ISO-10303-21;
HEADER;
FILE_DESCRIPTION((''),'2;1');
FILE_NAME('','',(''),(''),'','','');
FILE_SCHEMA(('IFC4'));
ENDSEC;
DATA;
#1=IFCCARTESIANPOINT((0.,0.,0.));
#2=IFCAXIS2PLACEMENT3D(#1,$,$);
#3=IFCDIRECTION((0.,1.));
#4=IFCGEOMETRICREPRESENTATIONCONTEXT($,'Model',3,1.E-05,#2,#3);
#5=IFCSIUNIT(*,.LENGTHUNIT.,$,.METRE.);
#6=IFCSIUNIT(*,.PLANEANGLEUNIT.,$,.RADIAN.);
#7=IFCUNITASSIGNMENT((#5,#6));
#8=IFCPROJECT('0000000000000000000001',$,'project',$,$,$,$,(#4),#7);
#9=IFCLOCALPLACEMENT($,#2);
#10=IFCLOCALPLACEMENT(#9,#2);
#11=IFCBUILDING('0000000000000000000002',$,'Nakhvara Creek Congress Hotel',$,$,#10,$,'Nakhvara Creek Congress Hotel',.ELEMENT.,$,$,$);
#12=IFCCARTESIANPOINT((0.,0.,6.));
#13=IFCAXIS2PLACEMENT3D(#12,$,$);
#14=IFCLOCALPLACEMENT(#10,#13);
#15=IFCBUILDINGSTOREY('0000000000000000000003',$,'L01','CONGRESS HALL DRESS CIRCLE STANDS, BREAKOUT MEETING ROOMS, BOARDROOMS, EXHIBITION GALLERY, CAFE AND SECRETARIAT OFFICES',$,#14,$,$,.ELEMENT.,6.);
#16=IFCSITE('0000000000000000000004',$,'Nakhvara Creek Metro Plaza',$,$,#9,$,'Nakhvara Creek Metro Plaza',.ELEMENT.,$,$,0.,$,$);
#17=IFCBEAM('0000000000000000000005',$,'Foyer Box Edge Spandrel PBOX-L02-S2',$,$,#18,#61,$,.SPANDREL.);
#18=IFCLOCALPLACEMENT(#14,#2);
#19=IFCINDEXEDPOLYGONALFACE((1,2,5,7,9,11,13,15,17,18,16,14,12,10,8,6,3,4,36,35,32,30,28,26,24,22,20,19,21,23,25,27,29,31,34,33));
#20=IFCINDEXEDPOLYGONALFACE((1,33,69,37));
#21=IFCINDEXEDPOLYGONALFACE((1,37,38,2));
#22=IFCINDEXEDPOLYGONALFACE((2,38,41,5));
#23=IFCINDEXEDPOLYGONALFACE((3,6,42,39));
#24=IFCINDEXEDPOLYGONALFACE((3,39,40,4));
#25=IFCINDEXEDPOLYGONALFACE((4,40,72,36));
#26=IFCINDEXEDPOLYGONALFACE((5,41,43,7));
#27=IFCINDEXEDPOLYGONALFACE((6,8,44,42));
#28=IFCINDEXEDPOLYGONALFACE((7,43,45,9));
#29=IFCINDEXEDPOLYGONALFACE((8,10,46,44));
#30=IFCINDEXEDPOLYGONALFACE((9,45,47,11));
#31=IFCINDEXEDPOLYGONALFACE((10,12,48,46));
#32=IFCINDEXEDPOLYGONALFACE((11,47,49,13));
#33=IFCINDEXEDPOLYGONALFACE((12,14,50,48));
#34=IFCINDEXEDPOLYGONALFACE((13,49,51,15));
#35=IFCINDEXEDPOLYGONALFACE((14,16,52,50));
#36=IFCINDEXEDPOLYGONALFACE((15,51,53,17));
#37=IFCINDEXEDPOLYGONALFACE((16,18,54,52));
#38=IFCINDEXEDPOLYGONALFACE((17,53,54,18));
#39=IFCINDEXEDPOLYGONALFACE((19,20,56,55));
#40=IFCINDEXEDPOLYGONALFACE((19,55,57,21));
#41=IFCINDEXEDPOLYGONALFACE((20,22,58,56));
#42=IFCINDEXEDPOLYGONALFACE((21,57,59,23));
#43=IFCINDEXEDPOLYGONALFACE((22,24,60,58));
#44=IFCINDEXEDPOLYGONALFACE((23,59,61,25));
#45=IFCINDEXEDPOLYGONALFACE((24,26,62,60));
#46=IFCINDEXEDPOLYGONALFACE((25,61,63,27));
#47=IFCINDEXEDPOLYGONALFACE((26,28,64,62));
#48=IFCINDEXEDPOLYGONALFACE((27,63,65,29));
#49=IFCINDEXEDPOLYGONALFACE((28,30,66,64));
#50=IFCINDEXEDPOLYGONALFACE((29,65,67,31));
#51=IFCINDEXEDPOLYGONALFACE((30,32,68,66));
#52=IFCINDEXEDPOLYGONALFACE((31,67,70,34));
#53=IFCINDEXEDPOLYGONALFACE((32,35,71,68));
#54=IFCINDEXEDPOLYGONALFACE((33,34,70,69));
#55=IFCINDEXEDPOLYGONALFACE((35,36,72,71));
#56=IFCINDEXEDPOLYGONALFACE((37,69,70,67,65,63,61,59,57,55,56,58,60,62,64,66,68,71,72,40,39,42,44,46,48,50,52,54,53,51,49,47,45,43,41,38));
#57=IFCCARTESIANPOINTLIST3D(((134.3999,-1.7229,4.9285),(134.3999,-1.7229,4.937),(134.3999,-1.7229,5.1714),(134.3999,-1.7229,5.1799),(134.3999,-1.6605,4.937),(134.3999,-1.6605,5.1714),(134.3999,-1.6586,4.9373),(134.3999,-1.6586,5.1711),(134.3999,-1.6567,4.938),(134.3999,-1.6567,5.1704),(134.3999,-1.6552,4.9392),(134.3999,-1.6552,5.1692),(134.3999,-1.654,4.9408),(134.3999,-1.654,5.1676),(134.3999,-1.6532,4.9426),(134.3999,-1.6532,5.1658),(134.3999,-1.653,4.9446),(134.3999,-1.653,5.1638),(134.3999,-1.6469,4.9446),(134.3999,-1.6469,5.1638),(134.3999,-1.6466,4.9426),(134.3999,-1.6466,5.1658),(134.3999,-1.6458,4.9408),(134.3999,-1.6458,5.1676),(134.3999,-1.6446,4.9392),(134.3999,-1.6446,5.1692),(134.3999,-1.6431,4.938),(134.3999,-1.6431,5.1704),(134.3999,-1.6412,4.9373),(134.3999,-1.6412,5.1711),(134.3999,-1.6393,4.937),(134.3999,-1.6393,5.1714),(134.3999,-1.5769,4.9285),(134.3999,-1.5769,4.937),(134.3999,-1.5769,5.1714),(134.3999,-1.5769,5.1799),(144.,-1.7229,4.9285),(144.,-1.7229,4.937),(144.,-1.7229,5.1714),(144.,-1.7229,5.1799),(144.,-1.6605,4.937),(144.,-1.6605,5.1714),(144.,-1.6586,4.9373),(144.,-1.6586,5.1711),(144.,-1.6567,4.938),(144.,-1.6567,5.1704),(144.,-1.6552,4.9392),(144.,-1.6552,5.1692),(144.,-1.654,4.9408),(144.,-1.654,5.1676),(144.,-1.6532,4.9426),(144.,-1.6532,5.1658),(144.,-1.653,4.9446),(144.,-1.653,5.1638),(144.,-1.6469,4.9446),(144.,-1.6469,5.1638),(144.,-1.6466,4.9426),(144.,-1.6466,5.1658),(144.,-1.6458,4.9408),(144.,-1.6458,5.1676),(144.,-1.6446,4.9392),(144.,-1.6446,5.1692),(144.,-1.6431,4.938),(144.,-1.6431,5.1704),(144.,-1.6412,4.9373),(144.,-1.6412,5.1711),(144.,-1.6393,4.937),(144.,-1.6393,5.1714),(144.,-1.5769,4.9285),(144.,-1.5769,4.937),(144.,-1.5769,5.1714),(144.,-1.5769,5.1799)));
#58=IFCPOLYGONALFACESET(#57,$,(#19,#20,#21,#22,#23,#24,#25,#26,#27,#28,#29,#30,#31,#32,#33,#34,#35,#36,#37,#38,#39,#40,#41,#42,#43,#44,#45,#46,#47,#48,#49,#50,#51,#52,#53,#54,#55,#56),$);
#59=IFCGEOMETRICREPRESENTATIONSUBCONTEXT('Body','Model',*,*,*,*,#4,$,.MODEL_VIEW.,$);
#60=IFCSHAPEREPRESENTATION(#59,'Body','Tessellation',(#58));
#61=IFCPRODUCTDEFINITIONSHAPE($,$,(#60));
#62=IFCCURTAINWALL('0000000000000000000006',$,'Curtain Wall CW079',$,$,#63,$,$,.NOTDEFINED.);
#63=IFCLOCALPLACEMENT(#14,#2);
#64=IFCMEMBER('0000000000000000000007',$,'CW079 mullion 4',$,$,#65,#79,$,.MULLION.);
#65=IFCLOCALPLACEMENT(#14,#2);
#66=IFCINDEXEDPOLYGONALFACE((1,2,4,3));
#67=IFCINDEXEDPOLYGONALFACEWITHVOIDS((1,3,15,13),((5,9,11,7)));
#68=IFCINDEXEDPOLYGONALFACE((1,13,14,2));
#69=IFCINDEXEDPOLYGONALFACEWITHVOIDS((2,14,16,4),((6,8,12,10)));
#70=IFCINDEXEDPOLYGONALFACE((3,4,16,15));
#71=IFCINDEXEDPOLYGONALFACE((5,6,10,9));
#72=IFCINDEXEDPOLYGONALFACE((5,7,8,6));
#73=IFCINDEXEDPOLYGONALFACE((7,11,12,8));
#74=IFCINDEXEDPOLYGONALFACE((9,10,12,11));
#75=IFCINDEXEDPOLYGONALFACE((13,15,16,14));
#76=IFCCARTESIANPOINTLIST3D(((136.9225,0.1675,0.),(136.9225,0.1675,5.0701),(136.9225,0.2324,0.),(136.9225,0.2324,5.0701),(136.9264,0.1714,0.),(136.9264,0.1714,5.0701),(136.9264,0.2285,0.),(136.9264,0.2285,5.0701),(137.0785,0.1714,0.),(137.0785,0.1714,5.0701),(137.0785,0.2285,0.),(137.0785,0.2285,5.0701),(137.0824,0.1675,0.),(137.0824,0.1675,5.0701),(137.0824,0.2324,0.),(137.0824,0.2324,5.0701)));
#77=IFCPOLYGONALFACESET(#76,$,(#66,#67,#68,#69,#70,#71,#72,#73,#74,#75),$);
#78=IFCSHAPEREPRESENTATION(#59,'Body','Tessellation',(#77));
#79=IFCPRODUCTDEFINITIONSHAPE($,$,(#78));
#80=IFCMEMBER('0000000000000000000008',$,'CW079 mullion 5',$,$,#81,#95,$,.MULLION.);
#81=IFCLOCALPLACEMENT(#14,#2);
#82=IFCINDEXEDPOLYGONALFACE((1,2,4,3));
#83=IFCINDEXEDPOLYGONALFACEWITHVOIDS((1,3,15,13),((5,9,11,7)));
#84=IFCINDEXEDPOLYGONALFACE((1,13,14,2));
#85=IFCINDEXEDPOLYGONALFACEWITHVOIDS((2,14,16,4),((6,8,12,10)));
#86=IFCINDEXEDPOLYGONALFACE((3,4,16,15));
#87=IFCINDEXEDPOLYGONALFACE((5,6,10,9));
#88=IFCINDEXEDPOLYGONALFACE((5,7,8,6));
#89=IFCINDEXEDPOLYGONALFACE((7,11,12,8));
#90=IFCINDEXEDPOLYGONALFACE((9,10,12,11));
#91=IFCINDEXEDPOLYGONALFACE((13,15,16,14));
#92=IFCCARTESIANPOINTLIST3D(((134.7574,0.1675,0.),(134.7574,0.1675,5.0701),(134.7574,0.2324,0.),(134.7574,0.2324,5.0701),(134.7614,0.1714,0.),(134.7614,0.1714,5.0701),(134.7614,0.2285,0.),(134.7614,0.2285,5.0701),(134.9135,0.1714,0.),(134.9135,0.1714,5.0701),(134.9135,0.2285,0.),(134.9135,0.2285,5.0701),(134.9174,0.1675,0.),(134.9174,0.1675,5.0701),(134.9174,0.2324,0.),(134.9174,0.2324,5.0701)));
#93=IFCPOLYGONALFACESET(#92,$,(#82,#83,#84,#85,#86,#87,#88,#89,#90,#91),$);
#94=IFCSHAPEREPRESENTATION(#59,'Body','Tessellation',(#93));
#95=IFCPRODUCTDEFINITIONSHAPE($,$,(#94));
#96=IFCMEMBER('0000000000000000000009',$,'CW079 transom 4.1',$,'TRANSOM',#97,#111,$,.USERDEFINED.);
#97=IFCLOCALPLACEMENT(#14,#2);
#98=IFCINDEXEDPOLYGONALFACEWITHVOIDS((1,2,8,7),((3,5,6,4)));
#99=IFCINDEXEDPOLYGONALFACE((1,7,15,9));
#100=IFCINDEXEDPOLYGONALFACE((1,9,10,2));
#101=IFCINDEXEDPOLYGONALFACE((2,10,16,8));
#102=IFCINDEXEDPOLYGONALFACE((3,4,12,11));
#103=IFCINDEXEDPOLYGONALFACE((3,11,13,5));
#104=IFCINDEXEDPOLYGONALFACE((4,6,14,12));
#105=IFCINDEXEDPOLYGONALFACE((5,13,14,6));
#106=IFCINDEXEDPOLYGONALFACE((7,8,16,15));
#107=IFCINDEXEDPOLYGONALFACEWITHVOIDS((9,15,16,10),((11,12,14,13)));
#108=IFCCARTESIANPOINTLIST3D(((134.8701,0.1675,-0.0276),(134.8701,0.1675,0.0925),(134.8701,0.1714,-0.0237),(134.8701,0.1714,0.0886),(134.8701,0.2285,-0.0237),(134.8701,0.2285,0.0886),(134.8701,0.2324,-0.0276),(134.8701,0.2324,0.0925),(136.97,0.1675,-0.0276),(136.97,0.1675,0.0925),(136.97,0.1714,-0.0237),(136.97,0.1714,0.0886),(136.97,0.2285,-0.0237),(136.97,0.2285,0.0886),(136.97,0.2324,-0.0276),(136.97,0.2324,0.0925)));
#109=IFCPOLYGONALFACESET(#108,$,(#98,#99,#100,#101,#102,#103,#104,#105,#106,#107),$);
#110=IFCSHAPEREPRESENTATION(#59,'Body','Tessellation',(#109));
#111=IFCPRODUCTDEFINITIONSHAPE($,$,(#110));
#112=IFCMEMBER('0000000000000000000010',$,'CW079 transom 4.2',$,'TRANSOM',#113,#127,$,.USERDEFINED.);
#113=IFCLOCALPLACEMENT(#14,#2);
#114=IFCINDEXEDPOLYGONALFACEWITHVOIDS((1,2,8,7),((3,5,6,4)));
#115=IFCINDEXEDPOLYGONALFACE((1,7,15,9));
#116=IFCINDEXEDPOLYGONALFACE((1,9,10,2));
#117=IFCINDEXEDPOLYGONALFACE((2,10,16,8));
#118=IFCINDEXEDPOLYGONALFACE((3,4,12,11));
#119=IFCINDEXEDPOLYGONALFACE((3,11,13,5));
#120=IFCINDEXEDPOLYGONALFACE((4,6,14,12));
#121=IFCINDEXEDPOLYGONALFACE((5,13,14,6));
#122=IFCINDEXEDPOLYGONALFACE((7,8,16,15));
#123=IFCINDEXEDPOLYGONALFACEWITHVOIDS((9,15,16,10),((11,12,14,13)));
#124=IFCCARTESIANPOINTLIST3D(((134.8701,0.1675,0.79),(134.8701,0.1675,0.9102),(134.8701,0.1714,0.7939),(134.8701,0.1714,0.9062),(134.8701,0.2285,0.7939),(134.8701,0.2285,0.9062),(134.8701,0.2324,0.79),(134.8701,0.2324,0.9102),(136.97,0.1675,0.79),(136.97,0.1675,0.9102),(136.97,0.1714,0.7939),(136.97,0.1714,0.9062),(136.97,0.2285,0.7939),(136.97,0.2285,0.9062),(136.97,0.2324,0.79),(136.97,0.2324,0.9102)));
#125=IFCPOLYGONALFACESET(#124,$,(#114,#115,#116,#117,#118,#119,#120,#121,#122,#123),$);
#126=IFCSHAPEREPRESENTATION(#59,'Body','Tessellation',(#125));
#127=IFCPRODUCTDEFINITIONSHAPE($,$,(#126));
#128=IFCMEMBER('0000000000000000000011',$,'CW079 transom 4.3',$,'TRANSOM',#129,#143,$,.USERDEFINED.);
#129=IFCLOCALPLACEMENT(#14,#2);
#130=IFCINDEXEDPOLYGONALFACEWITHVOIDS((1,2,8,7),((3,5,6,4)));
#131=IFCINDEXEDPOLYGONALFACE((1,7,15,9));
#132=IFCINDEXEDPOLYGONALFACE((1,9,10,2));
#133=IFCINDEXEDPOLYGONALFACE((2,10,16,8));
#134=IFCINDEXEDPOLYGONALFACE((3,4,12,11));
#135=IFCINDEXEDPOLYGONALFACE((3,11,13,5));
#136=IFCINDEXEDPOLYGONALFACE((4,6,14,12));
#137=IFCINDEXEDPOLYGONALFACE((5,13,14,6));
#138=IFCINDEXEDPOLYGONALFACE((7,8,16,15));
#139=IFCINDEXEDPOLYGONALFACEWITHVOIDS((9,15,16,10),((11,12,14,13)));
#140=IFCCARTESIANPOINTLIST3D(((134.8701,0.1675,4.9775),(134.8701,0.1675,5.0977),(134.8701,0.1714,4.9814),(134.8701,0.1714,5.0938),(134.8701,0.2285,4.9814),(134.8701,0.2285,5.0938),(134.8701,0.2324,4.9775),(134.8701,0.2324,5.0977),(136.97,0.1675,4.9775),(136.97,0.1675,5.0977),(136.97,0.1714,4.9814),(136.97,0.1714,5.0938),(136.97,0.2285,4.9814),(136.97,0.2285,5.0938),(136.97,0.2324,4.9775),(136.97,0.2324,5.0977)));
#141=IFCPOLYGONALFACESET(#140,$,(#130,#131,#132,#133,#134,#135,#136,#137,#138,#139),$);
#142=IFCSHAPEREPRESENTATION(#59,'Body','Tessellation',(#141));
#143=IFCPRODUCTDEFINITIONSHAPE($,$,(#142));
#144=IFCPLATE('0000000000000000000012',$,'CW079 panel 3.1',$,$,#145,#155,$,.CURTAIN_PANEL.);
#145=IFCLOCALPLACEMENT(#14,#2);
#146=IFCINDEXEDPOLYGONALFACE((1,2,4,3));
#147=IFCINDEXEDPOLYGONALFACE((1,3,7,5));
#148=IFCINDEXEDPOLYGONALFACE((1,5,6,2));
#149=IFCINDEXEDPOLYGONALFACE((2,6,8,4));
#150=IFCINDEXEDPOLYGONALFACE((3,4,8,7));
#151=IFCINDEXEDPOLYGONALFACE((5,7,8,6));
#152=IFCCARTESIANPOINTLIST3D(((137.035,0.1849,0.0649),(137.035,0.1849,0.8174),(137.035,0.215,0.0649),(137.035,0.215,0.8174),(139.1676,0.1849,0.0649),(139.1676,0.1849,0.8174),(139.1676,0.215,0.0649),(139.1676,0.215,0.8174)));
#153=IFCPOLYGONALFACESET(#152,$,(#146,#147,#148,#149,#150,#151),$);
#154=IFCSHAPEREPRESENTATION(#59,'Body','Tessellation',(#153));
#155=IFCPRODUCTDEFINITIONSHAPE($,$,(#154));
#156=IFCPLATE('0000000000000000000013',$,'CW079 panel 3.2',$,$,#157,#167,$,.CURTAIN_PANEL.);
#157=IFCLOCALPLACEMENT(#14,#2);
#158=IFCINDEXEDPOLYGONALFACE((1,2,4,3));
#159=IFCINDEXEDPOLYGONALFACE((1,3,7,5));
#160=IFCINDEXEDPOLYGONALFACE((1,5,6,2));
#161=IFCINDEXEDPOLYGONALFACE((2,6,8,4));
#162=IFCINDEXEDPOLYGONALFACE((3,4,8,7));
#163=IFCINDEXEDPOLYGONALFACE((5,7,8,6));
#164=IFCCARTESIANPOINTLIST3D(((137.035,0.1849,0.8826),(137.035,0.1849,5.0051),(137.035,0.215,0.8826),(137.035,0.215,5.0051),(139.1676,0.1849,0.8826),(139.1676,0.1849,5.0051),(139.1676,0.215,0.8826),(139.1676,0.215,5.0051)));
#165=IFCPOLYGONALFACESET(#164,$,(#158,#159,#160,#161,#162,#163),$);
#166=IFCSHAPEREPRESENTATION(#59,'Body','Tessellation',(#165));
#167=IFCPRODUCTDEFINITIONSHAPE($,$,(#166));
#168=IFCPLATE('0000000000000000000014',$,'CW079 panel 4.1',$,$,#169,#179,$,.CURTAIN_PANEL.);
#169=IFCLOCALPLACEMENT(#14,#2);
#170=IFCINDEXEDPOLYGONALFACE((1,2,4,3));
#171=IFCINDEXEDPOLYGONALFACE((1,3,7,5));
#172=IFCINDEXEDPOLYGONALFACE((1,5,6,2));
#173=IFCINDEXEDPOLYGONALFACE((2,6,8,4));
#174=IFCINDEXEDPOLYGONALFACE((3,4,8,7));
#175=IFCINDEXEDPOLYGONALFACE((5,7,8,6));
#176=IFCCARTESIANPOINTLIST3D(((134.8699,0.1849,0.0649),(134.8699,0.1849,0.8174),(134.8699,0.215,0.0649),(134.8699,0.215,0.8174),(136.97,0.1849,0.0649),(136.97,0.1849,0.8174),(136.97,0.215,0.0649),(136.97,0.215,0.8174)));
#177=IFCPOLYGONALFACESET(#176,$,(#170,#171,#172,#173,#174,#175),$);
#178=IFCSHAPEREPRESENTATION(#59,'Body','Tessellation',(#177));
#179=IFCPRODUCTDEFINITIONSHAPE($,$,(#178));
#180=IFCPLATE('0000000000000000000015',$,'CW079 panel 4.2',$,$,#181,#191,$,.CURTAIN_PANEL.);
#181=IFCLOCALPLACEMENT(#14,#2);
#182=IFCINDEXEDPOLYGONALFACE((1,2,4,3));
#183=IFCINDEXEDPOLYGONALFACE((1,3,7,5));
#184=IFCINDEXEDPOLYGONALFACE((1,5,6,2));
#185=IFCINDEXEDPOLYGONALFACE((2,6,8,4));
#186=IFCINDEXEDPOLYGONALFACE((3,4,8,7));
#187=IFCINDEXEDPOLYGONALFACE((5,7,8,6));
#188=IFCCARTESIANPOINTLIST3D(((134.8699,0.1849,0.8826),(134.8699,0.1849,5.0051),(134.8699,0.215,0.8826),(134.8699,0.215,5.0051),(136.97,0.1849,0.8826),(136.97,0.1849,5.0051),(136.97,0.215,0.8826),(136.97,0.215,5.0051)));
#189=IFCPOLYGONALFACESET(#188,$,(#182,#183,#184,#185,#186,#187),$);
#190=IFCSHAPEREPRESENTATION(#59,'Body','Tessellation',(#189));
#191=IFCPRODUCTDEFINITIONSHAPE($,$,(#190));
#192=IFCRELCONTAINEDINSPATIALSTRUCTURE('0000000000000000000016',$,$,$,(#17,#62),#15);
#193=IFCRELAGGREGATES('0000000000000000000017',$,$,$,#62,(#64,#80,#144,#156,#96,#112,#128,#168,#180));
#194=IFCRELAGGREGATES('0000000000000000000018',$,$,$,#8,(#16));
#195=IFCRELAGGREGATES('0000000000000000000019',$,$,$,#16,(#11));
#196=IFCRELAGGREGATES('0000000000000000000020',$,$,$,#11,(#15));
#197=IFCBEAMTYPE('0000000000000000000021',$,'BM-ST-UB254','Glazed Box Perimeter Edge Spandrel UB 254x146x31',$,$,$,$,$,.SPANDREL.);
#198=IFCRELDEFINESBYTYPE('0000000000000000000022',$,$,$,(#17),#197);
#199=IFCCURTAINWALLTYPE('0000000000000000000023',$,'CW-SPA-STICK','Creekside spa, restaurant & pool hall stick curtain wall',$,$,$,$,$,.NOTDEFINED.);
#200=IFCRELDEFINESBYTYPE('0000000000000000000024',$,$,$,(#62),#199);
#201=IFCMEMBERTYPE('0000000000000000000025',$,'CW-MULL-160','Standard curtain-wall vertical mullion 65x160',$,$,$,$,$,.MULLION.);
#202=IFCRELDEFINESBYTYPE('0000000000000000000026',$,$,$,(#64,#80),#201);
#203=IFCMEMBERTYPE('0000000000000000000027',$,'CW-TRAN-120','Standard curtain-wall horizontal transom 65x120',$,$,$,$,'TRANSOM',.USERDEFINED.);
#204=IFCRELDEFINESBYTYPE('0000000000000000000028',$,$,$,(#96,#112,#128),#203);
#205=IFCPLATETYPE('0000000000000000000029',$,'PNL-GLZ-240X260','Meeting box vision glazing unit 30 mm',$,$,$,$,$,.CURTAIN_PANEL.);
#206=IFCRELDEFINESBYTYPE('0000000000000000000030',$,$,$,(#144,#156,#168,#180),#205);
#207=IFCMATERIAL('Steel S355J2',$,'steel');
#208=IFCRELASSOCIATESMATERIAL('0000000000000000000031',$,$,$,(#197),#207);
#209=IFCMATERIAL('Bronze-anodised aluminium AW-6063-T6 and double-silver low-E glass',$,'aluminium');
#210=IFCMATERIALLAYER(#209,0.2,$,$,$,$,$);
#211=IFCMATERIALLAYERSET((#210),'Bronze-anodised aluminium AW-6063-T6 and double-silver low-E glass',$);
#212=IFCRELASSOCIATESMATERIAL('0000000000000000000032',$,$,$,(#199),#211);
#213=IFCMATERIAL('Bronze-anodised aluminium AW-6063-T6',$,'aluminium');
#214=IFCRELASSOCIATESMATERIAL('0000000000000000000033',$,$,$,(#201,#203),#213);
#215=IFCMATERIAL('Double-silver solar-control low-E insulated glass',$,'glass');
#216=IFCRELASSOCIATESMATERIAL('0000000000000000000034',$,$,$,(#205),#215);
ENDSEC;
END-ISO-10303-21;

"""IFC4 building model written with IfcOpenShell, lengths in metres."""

from ifc_helpers import new_model, si_unit, direction, frame, origin, origin_2d, place, context, subcontext, project, spatial, rectangle, hollow_rectangle, i_section, extrude, material, layer, layer_set, material_profile, profile_set, type_object, element, aggregate, save


model = new_model("IFC4")

# Units and contexts
model_context = context("Model", 3, precision=1e-05, world=origin(), true_north=direction((0.0, 1.0)))
body_context = subcontext(model_context, "Body", "Model", "MODEL_VIEW")
ifc_project = project(units=[si_unit("LENGTHUNIT", "METRE"), si_unit("PLANEANGLEUNIT", "RADIAN")], contexts=[model_context])

# Site, building, storey
site_placement = place(None, origin())
site = spatial("IfcSite", under=ifc_project, at=site_placement, Name="Nakhvara Creek Metro Plaza", LongName="Nakhvara Creek Metro Plaza", CompositionType="ELEMENT", RefElevation=0.0)
building_placement = place(site_placement, origin())
building = spatial("IfcBuilding", under=site, at=building_placement, Name="Nakhvara Creek Congress Hotel", LongName="Nakhvara Creek Congress Hotel", CompositionType="ELEMENT")
storey_placement = place(building_placement, frame((0.0, 0.0, 6.0)))
storey = spatial("IfcBuildingStorey", under=building, at=storey_placement, Name="L01", Description="CONGRESS HALL DRESS CIRCLE STANDS, BREAKOUT MEETING ROOMS, BOARDROOMS, EXHIBITION GALLERY, CAFE AND SECRETARIAT OFFICES", CompositionType="ELEMENT", Elevation=6.0)

# Beam
ifc_material_1 = material(Name="Steel S355J2", Category="steel")
ifc_material_profile_1 = material_profile(ifc_material_1, i_section(OverallWidth=0.146, OverallDepth=0.2515, WebThickness=0.0061, FlangeThickness=0.0085, FilletRadius=0.0076, at=origin_2d()), Name="UB 254x146x31", Category="LoadBearing")
ifc_profile_set_1 = profile_set([ifc_material_profile_1], Name="Steel S355J2")
beam_type = type_object("IfcBeamType", Name="BM-ST-UB254", Description="Glazed Box Perimeter Edge Spandrel UB 254x146x31", PredefinedType="SPANDREL", material=ifc_profile_set_1)
beam_placement = place(storey_placement, frame((134.3999, -1.6499, 5.0542), z_axis=(1.0, 0.0, 0.0), x_axis=(0.0, 1.0, 0.0)))
element("IfcBeam", 1, at=beam_placement, inside=storey, type_object=beam_type, Name="Foyer Box Edge Spandrel PBOX-L02-S2", PredefinedType="SPANDREL", context=body_context, shape_type="SweptSolid", body=[
    extrude(i_section(OverallWidth=0.146, OverallDepth=0.2515, WebThickness=0.0061, FlangeThickness=0.0085, FilletRadius=0.0076, at=origin_2d()), origin(), (0.0, 0.0, 1.0), 9.6001),
])

# Curtain wall, members, plates
ifc_material_2 = material(Name="Bronze-anodised aluminium AW-6063-T6 and double-silver low-E glass", Category="aluminium")
ifc_layer_1 = layer(ifc_material_2, 0.2)
ifc_layer_set_1 = layer_set([ifc_layer_1], Name="Bronze-anodised aluminium AW-6063-T6 and double-silver low-E glass")
curtain_wall_type = type_object("IfcCurtainWallType", Name="CW-SPA-STICK", Description="Creekside spa, restaurant & pool hall stick curtain wall", PredefinedType="NOTDEFINED", material=ifc_layer_set_1)
curtain_wall_placement = place(storey_placement, origin())
curtain_wall = element("IfcCurtainWall", 2, at=curtain_wall_placement, inside=storey, type_object=curtain_wall_type, Name="Curtain Wall CW079", PredefinedType="NOTDEFINED")
ifc_material_3 = material(Name="Bronze-anodised aluminium AW-6063-T6", Category="aluminium")
ifc_material_profile_2 = material_profile(ifc_material_3, hollow_rectangle(XDim=0.0649, YDim=0.1599, WallThickness=0.0039, at=origin_2d()), Name="ALU-MULL 65x160x4", Category="LoadBearing")
ifc_profile_set_2 = profile_set([ifc_material_profile_2], Name="Bronze-anodised aluminium AW-6063-T6")
member_type_1 = type_object("IfcMemberType", Name="CW-MULL-160", Description="Standard curtain-wall vertical mullion 65x160", PredefinedType="MULLION", material=ifc_profile_set_2)
member_1_placement = place(storey_placement, frame((137.0024, 0.2, 0.0), z_axis=(0.0, 0.0, 1.0), x_axis=(0.0, -1.0, 0.0)))
member_1 = element("IfcMember", 3, at=member_1_placement, type_object=member_type_1, Name="CW079 mullion 4", PredefinedType="MULLION", context=body_context, shape_type="SweptSolid", body=[
    extrude(hollow_rectangle(XDim=0.0649, YDim=0.1599, WallThickness=0.0039, at=origin_2d()), origin(), (0.0, 0.0, 1.0), 5.0701),
])
member_2_placement = place(storey_placement, frame((134.8374, 0.2, 0.0), z_axis=(0.0, 0.0, 1.0), x_axis=(0.0, -1.0, 0.0)))
member_2 = element("IfcMember", 4, at=member_2_placement, type_object=member_type_1, Name="CW079 mullion 5", PredefinedType="MULLION", context=body_context, shape_type="SweptSolid", body=[
    extrude(hollow_rectangle(XDim=0.0649, YDim=0.1599, WallThickness=0.0039, at=origin_2d()), origin(), (0.0, 0.0, 1.0), 5.0701),
])
ifc_material_profile_3 = material_profile(ifc_material_3, hollow_rectangle(XDim=0.0649, YDim=0.1201, WallThickness=0.0039, at=origin_2d()), Name="ALU-TRAN 65x120x4", Category="LoadBearing")
ifc_profile_set_3 = profile_set([ifc_material_profile_3], Name="Bronze-anodised aluminium AW-6063-T6")
member_type_2 = type_object("IfcMemberType", Name="CW-TRAN-120", Description="Standard curtain-wall horizontal transom 65x120", ElementType="TRANSOM", PredefinedType="USERDEFINED", material=ifc_profile_set_3)
member_3_placement = place(storey_placement, frame((136.97, 0.2, 0.0325), z_axis=(-1.0, 0.0, 0.0), x_axis=(0.0, -1.0, 0.0)))
member_3 = element("IfcMember", 5, at=member_3_placement, type_object=member_type_2, Name="CW079 transom 4.1", ObjectType="TRANSOM", PredefinedType="USERDEFINED", context=body_context, shape_type="SweptSolid", body=[
    extrude(hollow_rectangle(XDim=0.0649, YDim=0.1201, WallThickness=0.0039, at=origin_2d()), origin(), (0.0, 0.0, 1.0), 2.0999),
])
member_4_placement = place(storey_placement, frame((136.97, 0.2, 0.8501), z_axis=(-1.0, 0.0, 0.0), x_axis=(0.0, -1.0, 0.0)))
member_4 = element("IfcMember", 6, at=member_4_placement, type_object=member_type_2, Name="CW079 transom 4.2", ObjectType="TRANSOM", PredefinedType="USERDEFINED", context=body_context, shape_type="SweptSolid", body=[
    extrude(hollow_rectangle(XDim=0.0649, YDim=0.1201, WallThickness=0.0039, at=origin_2d()), origin(), (0.0, 0.0, 1.0), 2.0999),
])
member_5_placement = place(storey_placement, frame((136.97, 0.2, 5.0376), z_axis=(-1.0, 0.0, 0.0), x_axis=(0.0, -1.0, 0.0)))
member_5 = element("IfcMember", 7, at=member_5_placement, type_object=member_type_2, Name="CW079 transom 4.3", ObjectType="TRANSOM", PredefinedType="USERDEFINED", context=body_context, shape_type="SweptSolid", body=[
    extrude(hollow_rectangle(XDim=0.0649, YDim=0.1201, WallThickness=0.0039, at=origin_2d()), origin(), (0.0, 0.0, 1.0), 2.0999),
])
ifc_material_4 = material(Name="Double-silver solar-control low-E insulated glass", Category="glass")
plate_type = type_object("IfcPlateType", Name="PNL-GLZ-240X260", Description="Meeting box vision glazing unit 30 mm", PredefinedType="CURTAIN_PANEL", material=ifc_material_4)
plate_1_placement = place(storey_placement, frame((138.1013, 0.2, 0.0649), z_axis=(0.0, 0.0, 1.0), x_axis=(-1.0, 0.0, 0.0)))
plate_1 = element("IfcPlate", 8, at=plate_1_placement, type_object=plate_type, Name="CW079 panel 3.1", PredefinedType="CURTAIN_PANEL", context=body_context, shape_type="SweptSolid", body=[
    extrude(rectangle(XDim=2.1326, YDim=0.03, at=origin_2d()), origin(), (0.0, 0.0, 1.0), 0.7524),
])
plate_2_placement = place(storey_placement, frame((138.1013, 0.2, 0.8826), z_axis=(0.0, 0.0, 1.0), x_axis=(-1.0, 0.0, 0.0)))
plate_2 = element("IfcPlate", 9, at=plate_2_placement, type_object=plate_type, Name="CW079 panel 3.2", PredefinedType="CURTAIN_PANEL", context=body_context, shape_type="SweptSolid", body=[
    extrude(rectangle(XDim=2.1326, YDim=0.03, at=origin_2d()), origin(), (0.0, 0.0, 1.0), 4.1226),
])
plate_3_placement = place(storey_placement, frame((135.9199, 0.2, 0.0649), z_axis=(0.0, 0.0, 1.0), x_axis=(-1.0, 0.0, 0.0)))
plate_3 = element("IfcPlate", 10, at=plate_3_placement, type_object=plate_type, Name="CW079 panel 4.1", PredefinedType="CURTAIN_PANEL", context=body_context, shape_type="SweptSolid", body=[
    extrude(rectangle(XDim=2.1001, YDim=0.03, at=origin_2d()), origin(), (0.0, 0.0, 1.0), 0.7524),
])
plate_4_placement = place(storey_placement, frame((135.9199, 0.2, 0.8826), z_axis=(0.0, 0.0, 1.0), x_axis=(-1.0, 0.0, 0.0)))
plate_4 = element("IfcPlate", 11, at=plate_4_placement, type_object=plate_type, Name="CW079 panel 4.2", PredefinedType="CURTAIN_PANEL", context=body_context, shape_type="SweptSolid", body=[
    extrude(rectangle(XDim=2.1001, YDim=0.03, at=origin_2d()), origin(), (0.0, 0.0, 1.0), 4.1226),
])
aggregate(curtain_wall, [member_1, member_2, plate_1, plate_2, member_3, member_4, member_5, plate_3, plate_4])

save(model, "model.ifc")
